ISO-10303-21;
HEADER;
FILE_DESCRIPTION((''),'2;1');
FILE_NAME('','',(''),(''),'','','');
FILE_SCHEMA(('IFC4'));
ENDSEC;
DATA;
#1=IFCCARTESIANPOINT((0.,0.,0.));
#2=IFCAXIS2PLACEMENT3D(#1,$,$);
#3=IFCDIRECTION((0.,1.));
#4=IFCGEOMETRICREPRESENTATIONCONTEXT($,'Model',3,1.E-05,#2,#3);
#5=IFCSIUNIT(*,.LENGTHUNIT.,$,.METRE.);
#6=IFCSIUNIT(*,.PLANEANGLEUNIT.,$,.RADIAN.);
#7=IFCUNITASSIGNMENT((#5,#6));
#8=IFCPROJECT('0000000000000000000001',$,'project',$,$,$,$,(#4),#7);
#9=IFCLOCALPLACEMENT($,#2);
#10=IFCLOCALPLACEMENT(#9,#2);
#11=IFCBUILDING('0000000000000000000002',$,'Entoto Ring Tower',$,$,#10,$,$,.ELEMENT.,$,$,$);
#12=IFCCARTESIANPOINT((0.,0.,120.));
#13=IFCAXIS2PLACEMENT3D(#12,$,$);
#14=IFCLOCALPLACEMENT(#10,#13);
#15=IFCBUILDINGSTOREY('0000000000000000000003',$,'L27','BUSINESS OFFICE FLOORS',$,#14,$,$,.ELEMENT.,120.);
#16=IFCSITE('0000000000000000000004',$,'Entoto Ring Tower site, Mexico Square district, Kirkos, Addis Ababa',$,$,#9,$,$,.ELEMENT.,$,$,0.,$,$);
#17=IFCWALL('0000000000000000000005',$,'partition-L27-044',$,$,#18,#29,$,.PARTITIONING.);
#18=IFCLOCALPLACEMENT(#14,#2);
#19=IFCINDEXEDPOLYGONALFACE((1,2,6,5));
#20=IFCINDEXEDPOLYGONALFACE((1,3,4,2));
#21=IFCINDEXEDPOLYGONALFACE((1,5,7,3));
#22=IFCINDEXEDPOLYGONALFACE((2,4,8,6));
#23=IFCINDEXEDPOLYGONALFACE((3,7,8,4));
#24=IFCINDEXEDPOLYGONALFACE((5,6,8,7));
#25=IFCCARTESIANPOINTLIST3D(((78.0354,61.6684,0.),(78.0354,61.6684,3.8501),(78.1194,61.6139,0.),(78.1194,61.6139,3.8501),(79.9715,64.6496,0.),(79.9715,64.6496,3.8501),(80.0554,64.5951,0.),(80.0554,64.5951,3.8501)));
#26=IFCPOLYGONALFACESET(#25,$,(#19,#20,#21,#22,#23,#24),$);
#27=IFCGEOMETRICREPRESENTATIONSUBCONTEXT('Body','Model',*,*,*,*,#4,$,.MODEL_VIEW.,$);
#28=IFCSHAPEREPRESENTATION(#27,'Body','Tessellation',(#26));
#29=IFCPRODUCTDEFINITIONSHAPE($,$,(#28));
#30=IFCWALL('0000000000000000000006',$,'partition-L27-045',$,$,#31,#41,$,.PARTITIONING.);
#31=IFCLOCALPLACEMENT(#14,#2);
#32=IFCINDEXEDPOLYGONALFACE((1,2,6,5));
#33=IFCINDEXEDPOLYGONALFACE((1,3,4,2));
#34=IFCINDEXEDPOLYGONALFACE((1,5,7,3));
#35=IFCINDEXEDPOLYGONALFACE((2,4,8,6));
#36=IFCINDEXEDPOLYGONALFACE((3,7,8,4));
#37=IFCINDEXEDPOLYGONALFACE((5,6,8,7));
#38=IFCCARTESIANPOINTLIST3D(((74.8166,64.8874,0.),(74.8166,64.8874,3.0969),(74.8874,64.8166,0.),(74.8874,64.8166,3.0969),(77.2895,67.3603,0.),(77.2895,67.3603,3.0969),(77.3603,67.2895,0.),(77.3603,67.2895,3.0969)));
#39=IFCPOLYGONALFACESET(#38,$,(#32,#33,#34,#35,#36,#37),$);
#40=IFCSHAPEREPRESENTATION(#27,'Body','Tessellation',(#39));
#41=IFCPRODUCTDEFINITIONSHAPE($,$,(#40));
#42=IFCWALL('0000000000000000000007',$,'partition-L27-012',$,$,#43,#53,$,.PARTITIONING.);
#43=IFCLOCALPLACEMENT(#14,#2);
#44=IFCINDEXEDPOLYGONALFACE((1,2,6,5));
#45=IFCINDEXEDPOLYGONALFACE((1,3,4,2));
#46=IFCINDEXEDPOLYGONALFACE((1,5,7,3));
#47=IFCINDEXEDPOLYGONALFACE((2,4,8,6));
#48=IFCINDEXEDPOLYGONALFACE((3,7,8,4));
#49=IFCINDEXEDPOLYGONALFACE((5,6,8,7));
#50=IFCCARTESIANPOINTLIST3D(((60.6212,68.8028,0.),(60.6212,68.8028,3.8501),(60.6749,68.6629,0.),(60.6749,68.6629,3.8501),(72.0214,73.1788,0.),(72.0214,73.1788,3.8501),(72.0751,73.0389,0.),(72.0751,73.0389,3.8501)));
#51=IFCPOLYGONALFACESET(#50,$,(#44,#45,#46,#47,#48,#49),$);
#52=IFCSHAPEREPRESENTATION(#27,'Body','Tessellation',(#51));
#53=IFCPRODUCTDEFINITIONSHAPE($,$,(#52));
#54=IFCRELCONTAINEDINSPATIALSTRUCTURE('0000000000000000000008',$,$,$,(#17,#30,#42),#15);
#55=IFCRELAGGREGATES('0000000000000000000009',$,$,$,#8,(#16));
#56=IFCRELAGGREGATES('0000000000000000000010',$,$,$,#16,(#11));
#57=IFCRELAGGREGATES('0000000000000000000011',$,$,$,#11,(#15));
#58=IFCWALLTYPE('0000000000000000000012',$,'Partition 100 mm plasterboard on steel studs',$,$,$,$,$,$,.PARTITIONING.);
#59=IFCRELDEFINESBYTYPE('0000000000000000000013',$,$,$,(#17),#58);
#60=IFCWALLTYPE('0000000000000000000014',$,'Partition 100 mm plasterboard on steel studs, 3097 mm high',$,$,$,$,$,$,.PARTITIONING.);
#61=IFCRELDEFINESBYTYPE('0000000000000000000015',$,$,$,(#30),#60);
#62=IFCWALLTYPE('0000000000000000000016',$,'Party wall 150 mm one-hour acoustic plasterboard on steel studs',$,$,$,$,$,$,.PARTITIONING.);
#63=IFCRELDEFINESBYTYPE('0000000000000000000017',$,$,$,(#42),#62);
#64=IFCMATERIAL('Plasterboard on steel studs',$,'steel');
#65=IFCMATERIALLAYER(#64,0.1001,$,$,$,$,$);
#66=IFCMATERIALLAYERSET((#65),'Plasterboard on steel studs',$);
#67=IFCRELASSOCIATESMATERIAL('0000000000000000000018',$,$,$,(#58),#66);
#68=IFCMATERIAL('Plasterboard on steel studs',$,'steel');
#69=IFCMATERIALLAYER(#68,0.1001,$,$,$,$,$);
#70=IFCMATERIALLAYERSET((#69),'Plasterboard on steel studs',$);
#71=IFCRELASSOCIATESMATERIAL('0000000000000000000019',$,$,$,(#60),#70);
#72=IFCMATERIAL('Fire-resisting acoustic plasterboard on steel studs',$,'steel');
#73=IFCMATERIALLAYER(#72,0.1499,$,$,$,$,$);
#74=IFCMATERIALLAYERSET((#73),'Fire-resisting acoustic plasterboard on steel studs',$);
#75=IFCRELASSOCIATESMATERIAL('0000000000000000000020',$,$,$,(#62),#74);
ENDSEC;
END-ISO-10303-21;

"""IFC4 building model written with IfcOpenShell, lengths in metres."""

from ifc_helpers import new_model, si_unit, direction, frame, frame_2d, origin, place, context, subcontext, project, spatial, rectangle, extrude, material, layer, layer_set, type_object, element, save


model = new_model("IFC4")

# Units and contexts
model_context = context("Model", 3, precision=1e-05, world=origin(), true_north=direction((0.0, 1.0)))
body_context = subcontext(model_context, "Body", "Model", "MODEL_VIEW")
ifc_project = project(units=[si_unit("LENGTHUNIT", "METRE"), si_unit("PLANEANGLEUNIT", "RADIAN")], contexts=[model_context])

# Site, building, storey
site_placement = place(None, origin())
site = spatial("IfcSite", under=ifc_project, at=site_placement, Name="Entoto Ring Tower site, Mexico Square district, Kirkos, Addis Ababa", CompositionType="ELEMENT", RefElevation=0.0)
building_placement = place(site_placement, origin())
building = spatial("IfcBuilding", under=site, at=building_placement, Name="Entoto Ring Tower", CompositionType="ELEMENT")
storey_placement = place(building_placement, frame((0.0, 0.0, 120.0)))
storey = spatial("IfcBuildingStorey", under=building, at=storey_placement, Name="L27", Description="BUSINESS OFFICE FLOORS", CompositionType="ELEMENT", Elevation=120.0)

# Shared definitions
ifc_material_1 = material(Name="Plasterboard on steel studs", Category="steel")
ifc_layer_1 = layer(ifc_material_1, 0.1001)
ifc_layer_set_1 = layer_set([ifc_layer_1], Name="Plasterboard on steel studs")
wall_type_1 = type_object("IfcWallType", Name="Partition 100 mm plasterboard on steel studs", PredefinedType="PARTITIONING", material=ifc_layer_set_1)

# Walls
wall_1_placement = place(storey_placement, frame((78.0774, 61.6411, 0.0), z_axis=(0.0, 0.0, 1.0), x_axis=(0.544643, 0.838668, 0.0)))
element("IfcWall", 1, at=wall_1_placement, inside=storey, type_object=wall_type_1, Name="partition-L27-044", PredefinedType="PARTITIONING", context=body_context, shape_type="SweptSolid", body=[
    extrude(rectangle(XDim=3.5547, YDim=0.1001, at=frame_2d((1.7773, 0.0))), origin(), (0.0, 0.0, 1.0), 3.8501),
])
ifc_material_2 = material(Name="Plasterboard on steel studs", Category="steel")
ifc_layer_2 = layer(ifc_material_2, 0.1001)
ifc_layer_set_2 = layer_set([ifc_layer_2], Name="Plasterboard on steel studs")
wall_type_2 = type_object("IfcWallType", Name="Partition 100 mm plasterboard on steel studs, 3097 mm high", PredefinedType="PARTITIONING", material=ifc_layer_set_2)
wall_2_placement = place(storey_placement, frame((74.8521, 64.8521, 0.0), z_axis=(0.0, 0.0, 1.0), x_axis=(0.707107, 0.707107, 0.0)))
element("IfcWall", 2, at=wall_2_placement, inside=storey, type_object=wall_type_2, Name="partition-L27-045", PredefinedType="PARTITIONING", context=body_context, shape_type="SweptSolid", body=[
    extrude(rectangle(XDim=3.4973, YDim=0.1001, at=frame_2d((1.7485, 0.0))), origin(), (0.0, 0.0, 1.0), 3.0969),
])
ifc_material_3 = material(Name="Fire-resisting acoustic plasterboard on steel studs", Category="steel")
ifc_layer_3 = layer(ifc_material_3, 0.1499)
ifc_layer_set_3 = layer_set([ifc_layer_3], Name="Fire-resisting acoustic plasterboard on steel studs")
wall_type_3 = type_object("IfcWallType", Name="Party wall 150 mm one-hour acoustic plasterboard on steel studs", PredefinedType="PARTITIONING", material=ifc_layer_set_3)
wall_3_placement = place(storey_placement, frame((60.6482, 68.7329, 0.0), z_axis=(0.0, 0.0, 1.0), x_axis=(0.933584, 0.358359, 0.0)))
element("IfcWall", 3, at=wall_3_placement, inside=storey, type_object=wall_type_3, Name="partition-L27-012", PredefinedType="PARTITIONING", context=body_context, shape_type="SweptSolid", body=[
    extrude(rectangle(XDim=12.2112, YDim=0.1499, at=frame_2d((6.1055, 0.0))), origin(), (0.0, 0.0, 1.0), 3.8501),
])

save(model, "model.ifc")
